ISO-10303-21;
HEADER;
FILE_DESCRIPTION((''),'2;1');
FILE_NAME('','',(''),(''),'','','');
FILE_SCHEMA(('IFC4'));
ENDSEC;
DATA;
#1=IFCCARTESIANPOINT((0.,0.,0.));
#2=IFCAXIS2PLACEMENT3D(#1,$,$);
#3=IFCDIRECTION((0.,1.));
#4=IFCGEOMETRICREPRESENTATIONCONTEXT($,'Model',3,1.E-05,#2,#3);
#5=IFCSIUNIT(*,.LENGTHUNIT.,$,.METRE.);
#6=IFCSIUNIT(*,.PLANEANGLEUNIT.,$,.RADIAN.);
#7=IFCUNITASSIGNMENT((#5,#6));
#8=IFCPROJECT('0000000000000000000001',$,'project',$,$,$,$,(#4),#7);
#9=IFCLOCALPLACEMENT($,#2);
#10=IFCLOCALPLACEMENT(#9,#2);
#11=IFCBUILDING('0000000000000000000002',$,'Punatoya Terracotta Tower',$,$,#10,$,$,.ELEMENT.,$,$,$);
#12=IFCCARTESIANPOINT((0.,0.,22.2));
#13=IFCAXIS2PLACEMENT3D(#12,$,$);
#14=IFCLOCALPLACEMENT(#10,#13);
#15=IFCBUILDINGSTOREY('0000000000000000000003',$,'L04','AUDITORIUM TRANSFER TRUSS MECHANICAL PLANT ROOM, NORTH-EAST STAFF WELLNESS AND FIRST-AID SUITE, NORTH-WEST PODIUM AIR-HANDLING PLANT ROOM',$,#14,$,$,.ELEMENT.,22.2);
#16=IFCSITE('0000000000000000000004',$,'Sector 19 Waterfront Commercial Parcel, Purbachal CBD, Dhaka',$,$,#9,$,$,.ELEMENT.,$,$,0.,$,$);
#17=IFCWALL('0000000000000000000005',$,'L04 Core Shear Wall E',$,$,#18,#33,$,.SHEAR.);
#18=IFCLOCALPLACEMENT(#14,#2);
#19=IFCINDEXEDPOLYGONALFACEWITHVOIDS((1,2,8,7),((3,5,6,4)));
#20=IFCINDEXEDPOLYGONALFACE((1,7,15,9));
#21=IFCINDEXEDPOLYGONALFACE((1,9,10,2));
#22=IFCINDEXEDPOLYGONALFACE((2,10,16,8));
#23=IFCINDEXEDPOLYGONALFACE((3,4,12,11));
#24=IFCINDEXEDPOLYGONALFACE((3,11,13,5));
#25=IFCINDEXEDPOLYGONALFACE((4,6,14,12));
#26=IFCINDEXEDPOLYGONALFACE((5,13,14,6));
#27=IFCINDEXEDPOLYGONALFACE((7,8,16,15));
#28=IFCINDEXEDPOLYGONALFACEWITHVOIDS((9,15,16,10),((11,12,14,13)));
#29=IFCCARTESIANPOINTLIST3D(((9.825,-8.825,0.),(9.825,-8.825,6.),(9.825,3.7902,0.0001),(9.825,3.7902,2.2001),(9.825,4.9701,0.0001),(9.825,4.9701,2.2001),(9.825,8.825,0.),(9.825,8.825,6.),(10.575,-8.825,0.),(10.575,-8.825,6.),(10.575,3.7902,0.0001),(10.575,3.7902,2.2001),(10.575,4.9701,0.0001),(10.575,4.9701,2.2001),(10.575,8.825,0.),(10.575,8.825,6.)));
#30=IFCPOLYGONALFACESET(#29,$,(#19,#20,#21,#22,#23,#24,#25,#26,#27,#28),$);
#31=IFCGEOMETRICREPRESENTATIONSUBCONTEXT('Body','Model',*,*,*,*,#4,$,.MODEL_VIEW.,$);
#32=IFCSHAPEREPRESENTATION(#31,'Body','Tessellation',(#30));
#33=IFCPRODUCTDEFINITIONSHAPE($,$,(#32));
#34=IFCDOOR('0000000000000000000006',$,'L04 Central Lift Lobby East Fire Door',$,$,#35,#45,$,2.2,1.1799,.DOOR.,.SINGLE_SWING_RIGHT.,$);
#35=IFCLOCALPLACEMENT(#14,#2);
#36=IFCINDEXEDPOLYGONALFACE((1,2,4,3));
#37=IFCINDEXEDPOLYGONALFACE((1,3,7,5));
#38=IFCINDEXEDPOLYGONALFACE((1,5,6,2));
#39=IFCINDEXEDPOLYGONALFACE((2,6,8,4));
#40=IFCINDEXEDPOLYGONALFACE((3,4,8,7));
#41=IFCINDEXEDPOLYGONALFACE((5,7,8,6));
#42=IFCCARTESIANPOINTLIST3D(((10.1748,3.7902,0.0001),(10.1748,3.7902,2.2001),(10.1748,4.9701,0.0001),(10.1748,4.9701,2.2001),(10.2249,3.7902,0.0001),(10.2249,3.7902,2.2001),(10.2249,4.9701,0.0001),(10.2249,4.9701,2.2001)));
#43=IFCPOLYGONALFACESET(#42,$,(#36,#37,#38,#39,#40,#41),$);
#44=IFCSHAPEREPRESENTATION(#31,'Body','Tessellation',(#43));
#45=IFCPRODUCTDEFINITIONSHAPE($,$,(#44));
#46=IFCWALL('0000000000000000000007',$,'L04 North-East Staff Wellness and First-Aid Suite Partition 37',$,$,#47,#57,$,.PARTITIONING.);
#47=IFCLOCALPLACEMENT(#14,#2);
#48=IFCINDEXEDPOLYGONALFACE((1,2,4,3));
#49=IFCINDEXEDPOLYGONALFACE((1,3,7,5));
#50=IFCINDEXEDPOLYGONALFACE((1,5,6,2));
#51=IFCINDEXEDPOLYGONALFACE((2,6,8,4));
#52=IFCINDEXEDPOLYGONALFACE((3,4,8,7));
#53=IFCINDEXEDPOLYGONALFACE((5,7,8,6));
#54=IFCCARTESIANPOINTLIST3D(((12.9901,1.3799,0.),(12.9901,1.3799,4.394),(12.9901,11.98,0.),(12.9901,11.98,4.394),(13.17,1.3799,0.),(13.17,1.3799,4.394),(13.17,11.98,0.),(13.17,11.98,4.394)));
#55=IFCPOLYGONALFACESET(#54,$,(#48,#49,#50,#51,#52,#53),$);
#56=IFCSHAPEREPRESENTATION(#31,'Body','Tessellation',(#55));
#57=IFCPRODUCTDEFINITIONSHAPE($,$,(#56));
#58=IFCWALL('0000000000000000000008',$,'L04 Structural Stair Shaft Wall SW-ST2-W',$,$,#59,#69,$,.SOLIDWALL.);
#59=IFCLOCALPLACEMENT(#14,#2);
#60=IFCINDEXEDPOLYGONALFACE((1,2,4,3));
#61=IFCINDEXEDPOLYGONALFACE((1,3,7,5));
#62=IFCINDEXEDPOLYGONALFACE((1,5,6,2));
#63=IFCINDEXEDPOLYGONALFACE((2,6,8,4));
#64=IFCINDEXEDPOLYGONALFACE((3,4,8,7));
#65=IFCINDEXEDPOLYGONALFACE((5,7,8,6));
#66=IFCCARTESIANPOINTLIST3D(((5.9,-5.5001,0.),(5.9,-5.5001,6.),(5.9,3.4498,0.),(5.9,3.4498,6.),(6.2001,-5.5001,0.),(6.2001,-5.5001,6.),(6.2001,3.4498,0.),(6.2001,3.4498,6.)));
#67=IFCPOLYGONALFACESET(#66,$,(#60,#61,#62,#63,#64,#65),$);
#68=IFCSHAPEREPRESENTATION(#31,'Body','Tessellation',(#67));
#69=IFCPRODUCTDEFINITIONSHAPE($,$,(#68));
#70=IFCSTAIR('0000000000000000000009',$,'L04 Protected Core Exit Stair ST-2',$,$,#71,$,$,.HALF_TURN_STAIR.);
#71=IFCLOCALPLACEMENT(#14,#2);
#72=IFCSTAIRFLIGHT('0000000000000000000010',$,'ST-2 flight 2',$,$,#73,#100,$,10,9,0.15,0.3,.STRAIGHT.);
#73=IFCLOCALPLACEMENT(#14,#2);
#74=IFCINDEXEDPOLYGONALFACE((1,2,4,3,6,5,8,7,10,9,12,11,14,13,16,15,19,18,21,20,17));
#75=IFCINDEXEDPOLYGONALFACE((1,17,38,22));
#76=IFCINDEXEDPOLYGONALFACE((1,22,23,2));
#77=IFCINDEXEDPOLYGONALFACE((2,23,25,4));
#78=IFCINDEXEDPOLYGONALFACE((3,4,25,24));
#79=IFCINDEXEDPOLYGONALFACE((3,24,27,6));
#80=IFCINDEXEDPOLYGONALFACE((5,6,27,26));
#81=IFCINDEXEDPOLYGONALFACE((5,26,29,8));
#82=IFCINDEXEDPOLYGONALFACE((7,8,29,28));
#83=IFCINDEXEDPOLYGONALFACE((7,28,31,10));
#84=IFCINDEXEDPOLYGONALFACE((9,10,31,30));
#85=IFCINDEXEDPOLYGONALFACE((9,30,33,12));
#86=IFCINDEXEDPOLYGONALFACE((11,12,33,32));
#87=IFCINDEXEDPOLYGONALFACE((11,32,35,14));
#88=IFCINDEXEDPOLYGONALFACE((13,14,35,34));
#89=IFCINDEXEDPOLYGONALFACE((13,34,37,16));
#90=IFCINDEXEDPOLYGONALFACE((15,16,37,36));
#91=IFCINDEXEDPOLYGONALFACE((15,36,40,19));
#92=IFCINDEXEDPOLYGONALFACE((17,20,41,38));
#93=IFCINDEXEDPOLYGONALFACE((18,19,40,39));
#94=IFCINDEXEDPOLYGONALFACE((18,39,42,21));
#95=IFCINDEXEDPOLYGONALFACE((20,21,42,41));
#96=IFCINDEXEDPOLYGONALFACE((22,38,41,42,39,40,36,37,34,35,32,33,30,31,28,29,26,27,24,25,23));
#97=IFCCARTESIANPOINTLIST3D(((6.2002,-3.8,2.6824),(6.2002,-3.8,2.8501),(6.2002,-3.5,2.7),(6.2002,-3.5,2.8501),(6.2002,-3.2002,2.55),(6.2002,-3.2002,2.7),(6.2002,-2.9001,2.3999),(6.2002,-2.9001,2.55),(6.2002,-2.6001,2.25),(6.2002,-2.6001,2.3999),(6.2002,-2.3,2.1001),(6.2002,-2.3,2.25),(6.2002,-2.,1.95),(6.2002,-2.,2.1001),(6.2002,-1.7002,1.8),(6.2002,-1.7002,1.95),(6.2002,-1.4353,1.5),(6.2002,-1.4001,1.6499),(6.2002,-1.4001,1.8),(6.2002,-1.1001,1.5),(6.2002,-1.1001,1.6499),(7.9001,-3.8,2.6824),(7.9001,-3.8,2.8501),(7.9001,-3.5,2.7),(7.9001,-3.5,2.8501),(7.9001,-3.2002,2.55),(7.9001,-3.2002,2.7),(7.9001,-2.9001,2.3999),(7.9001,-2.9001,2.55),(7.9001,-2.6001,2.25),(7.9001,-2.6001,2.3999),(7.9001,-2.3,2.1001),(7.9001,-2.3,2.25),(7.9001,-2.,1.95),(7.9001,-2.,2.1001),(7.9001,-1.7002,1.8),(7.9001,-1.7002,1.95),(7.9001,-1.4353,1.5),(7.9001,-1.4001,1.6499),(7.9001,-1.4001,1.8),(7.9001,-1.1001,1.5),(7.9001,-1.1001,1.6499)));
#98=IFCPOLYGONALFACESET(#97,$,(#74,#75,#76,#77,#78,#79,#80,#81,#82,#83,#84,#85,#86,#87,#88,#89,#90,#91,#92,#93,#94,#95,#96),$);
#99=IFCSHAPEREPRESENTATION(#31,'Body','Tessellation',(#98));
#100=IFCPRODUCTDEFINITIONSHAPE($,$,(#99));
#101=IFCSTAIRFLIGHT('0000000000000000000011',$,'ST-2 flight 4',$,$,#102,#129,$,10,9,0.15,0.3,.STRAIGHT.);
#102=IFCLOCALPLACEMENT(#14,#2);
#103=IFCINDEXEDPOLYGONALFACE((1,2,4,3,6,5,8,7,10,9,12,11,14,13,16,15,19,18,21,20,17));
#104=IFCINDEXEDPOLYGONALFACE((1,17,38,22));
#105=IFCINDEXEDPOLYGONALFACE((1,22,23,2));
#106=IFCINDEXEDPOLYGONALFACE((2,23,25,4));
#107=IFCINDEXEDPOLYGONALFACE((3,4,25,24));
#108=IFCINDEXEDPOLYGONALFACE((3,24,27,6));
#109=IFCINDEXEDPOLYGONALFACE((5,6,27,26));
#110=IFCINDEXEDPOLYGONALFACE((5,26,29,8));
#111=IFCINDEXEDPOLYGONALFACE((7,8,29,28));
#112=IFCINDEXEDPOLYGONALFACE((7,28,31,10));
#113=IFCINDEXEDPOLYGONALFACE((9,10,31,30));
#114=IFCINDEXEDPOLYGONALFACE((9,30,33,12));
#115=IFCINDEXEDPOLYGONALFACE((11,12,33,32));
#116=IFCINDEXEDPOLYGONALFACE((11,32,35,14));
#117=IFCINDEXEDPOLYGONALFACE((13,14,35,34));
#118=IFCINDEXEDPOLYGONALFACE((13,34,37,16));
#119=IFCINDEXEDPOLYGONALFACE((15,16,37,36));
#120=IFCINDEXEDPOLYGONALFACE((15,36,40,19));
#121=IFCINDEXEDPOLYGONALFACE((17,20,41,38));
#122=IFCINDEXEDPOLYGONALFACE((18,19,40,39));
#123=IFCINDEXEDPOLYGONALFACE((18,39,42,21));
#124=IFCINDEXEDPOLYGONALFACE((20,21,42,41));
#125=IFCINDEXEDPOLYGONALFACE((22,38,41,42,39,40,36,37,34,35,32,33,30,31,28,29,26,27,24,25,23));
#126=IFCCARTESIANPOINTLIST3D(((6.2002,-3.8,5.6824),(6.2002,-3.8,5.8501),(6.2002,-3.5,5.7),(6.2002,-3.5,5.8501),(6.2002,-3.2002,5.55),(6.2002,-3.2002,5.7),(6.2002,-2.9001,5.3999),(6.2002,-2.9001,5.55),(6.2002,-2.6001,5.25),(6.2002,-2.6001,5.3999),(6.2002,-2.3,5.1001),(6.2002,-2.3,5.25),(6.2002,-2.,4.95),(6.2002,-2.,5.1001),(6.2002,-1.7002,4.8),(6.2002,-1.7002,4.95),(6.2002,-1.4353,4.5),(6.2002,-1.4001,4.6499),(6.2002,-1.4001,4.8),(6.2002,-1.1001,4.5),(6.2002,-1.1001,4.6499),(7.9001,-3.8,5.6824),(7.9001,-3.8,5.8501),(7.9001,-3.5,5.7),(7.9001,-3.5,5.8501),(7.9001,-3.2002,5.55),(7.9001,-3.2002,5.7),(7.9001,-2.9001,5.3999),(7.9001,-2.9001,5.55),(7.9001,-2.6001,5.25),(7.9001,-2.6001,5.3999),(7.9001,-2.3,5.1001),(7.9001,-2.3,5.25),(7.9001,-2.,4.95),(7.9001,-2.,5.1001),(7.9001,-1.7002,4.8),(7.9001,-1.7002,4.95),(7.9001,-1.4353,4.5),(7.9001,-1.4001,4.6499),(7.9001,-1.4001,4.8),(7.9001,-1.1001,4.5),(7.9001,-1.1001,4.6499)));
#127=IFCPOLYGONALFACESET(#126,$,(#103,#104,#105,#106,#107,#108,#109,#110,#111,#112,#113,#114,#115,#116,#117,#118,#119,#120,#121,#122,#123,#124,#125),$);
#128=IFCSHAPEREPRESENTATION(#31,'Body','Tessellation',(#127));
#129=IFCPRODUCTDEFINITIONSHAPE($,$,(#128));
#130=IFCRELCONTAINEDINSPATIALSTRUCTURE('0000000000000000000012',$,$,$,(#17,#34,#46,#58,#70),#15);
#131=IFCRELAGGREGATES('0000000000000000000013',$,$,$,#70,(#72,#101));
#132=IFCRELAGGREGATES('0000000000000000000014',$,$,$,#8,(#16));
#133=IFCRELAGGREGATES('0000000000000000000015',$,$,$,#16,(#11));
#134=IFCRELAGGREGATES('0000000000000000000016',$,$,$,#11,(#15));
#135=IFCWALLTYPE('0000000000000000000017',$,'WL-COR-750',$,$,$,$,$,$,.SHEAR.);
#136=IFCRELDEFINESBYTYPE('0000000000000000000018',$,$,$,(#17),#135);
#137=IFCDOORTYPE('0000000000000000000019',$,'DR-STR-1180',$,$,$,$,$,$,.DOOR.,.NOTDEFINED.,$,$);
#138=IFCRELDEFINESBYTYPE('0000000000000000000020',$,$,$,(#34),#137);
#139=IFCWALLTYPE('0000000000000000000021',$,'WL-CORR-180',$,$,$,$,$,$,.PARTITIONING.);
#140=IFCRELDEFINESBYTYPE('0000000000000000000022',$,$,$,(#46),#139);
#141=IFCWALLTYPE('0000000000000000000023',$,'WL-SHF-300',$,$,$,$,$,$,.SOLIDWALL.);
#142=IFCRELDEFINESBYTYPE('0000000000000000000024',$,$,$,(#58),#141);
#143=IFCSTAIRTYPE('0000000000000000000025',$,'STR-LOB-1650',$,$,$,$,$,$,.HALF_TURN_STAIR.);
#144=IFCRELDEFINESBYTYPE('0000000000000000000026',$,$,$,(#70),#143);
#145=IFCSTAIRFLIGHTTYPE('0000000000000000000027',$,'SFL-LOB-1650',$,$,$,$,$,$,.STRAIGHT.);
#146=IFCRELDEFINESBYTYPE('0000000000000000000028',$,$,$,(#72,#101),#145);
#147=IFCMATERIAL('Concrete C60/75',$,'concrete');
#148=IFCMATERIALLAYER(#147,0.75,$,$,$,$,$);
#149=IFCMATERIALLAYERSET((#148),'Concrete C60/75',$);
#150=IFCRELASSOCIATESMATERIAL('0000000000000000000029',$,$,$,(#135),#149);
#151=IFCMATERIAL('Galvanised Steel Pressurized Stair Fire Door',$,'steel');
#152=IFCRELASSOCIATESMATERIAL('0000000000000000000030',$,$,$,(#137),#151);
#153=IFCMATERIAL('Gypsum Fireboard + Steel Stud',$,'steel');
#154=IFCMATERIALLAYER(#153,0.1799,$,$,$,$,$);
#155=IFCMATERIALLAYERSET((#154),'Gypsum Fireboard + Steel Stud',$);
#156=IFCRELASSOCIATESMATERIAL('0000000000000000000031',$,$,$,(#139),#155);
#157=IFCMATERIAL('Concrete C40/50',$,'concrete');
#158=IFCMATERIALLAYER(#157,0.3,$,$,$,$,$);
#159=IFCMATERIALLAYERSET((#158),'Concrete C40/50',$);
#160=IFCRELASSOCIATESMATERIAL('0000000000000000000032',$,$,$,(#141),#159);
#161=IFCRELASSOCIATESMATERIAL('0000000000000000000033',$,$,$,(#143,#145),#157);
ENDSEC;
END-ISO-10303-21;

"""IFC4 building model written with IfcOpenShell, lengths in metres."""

from ifc_helpers import new_model, si_unit, direction, frame, frame_2d, origin, place, context, subcontext, project, spatial, polyline, rectangle, outline, extrude, material, layer, layer_set, type_object, element, fill, aggregate, save


model = new_model("IFC4")

# Units and contexts
model_context = context("Model", 3, precision=1e-05, world=origin(), true_north=direction((0.0, 1.0)))
body_context = subcontext(model_context, "Body", "Model", "MODEL_VIEW")
ifc_project = project(units=[si_unit("LENGTHUNIT", "METRE"), si_unit("PLANEANGLEUNIT", "RADIAN")], contexts=[model_context])

# Site, building, storey
site_placement = place(None, origin())
site = spatial("IfcSite", under=ifc_project, at=site_placement, Name="Sector 19 Waterfront Commercial Parcel, Purbachal CBD, Dhaka", CompositionType="ELEMENT", RefElevation=0.0)
building_placement = place(site_placement, origin())
building = spatial("IfcBuilding", under=site, at=building_placement, Name="Punatoya Terracotta Tower", CompositionType="ELEMENT")
storey_placement = place(building_placement, frame((0.0, 0.0, 22.2)))
storey = spatial("IfcBuildingStorey", under=building, at=storey_placement, Name="L04", Description="AUDITORIUM TRANSFER TRUSS MECHANICAL PLANT ROOM, NORTH-EAST STAFF WELLNESS AND FIRST-AID SUITE, NORTH-WEST PODIUM AIR-HANDLING PLANT ROOM", CompositionType="ELEMENT", Elevation=22.2)

# Wall, opening, door
ifc_material_1 = material(Name="Concrete C60/75", Category="concrete")
ifc_layer_1 = layer(ifc_material_1, 0.75)
ifc_layer_set_1 = layer_set([ifc_layer_1], Name="Concrete C60/75")
wall_type_1 = type_object("IfcWallType", Name="WL-COR-750", PredefinedType="SHEAR", material=ifc_layer_set_1)
wall_1_placement = place(storey_placement, frame((10.2, 8.825, 0.0), z_axis=(0.0, 0.0, 1.0), x_axis=(0.0, -1.0, 0.0)))
wall_1 = element("IfcWall", 1, at=wall_1_placement, inside=storey, type_object=wall_type_1, Name="L04 Core Shear Wall E", PredefinedType="SHEAR", context=body_context, shape_type="SweptSolid", body=[
    extrude(rectangle(XDim=17.6499, YDim=0.75, at=frame_2d((8.825, 0.0))), origin(), (0.0, 0.0, 1.0), 6.0),
])
opening_placement = place(wall_1_placement, frame((3.855, 0.0, 0.0)))
opening = element("IfcOpeningElement", 2, at=opening_placement, cuts=wall_1, PredefinedType="OPENING", context=body_context, shape_type="SweptSolid", body=[
    extrude(rectangle(XDim=1.1799, YDim=2.2, at=frame_2d((0.5898, 1.1001))), frame((0.0, 0.385, 0.0), z_axis=(0.0, -1.0, 0.0), x_axis=(1.0, 0.0, 0.0)), (0.0, 0.0, 1.0), 0.77),
])
ifc_material_2 = material(Name="Galvanised Steel Pressurized Stair Fire Door", Category="steel")
door_type = type_object("IfcDoorType", Name="DR-STR-1180", OperationType="NOTDEFINED", PredefinedType="DOOR", material=ifc_material_2)
door_placement = place(opening_placement, origin())
door = element("IfcDoor", 3, at=door_placement, inside=storey, type_object=door_type, Name="L04 Central Lift Lobby East Fire Door", OperationType="SINGLE_SWING_RIGHT", OverallHeight=2.2, OverallWidth=1.1799, PredefinedType="DOOR", context=body_context, shape_type="SweptSolid", body=[
    extrude(rectangle(XDim=1.1799, YDim=2.2, at=frame_2d((0.5898, 1.1001))), frame((0.0, 0.0249, 0.0), z_axis=(0.0, -1.0, 0.0), x_axis=(1.0, 0.0, 0.0)), (0.0, 0.0, 1.0), 0.05),
])
fill(opening, door)

# Walls
ifc_material_3 = material(Name="Gypsum Fireboard + Steel Stud", Category="steel")
ifc_layer_2 = layer(ifc_material_3, 0.1799)
ifc_layer_set_2 = layer_set([ifc_layer_2], Name="Gypsum Fireboard + Steel Stud")
wall_type_2 = type_object("IfcWallType", Name="WL-CORR-180", PredefinedType="PARTITIONING", material=ifc_layer_set_2)
wall_2_placement = place(storey_placement, frame((13.0801, 1.3799, 0.0), z_axis=(0.0, 0.0, 1.0), x_axis=(0.0, 1.0, 0.0)))
element("IfcWall", 4, at=wall_2_placement, inside=storey, type_object=wall_type_2, Name="L04 North-East Staff Wellness and First-Aid Suite Partition 37", PredefinedType="PARTITIONING", context=body_context, shape_type="SweptSolid", body=[
    extrude(rectangle(XDim=10.6001, YDim=0.1799, at=frame_2d((5.3, 0.0))), origin(), (0.0, 0.0, 1.0), 4.394),
])
ifc_material_4 = material(Name="Concrete C40/50", Category="concrete")
ifc_layer_3 = layer(ifc_material_4, 0.3)
ifc_layer_set_3 = layer_set([ifc_layer_3], Name="Concrete C40/50")
wall_type_3 = type_object("IfcWallType", Name="WL-SHF-300", PredefinedType="SOLIDWALL", material=ifc_layer_set_3)
wall_3_placement = place(storey_placement, frame((6.05, 3.45, 0.0), z_axis=(0.0, 0.0, 1.0), x_axis=(0.0, -1.0, 0.0)))
element("IfcWall", 5, at=wall_3_placement, inside=storey, type_object=wall_type_3, Name="L04 Structural Stair Shaft Wall SW-ST2-W", PredefinedType="SOLIDWALL", context=body_context, shape_type="SweptSolid", body=[
    extrude(rectangle(XDim=8.95, YDim=0.3, at=frame_2d((4.4751, 0.0))), origin(), (0.0, 0.0, 1.0), 6.0),
])

# Stair, stair flights
stair_type = type_object("IfcStairType", Name="STR-LOB-1650", PredefinedType="HALF_TURN_STAIR", material=ifc_material_4)
stair_placement = place(storey_placement, origin())
stair = element("IfcStair", 6, at=stair_placement, inside=storey, type_object=stair_type, Name="L04 Protected Core Exit Stair ST-2", PredefinedType="HALF_TURN_STAIR")
stair_flight_type = type_object("IfcStairFlightType", Name="SFL-LOB-1650", PredefinedType="STRAIGHT", material=ifc_material_4)
stair_flight_1_placement = place(storey_placement, frame((7.05, -1.1001, 1.5), z_axis=(0.0, 0.0, 1.0), x_axis=(0.0, -1.0, 0.0)))
stair_flight_1 = element("IfcStairFlight", 7, at=stair_flight_1_placement, type_object=stair_flight_type, Name="ST-2 flight 2", NumberOfRisers=10, NumberOfTreads=9, PredefinedType="STRAIGHT", RiserHeight=0.15, TreadLength=0.3, context=body_context, shape_type="SweptSolid", body=[
    extrude(outline(polyline([(0.0, 0.0), (0.0, 0.1499), (0.3, 0.1499), (0.3, 0.3), (0.6001, 0.3), (0.6001, 0.45), (0.8999, 0.45), (0.8999, 0.6001), (1.2, 0.6001), (1.2, 0.75), (1.5, 0.75), (1.5, 0.8999), (1.8, 0.8999), (1.8, 1.05), (2.1001, 1.05), (2.1001, 1.2), (2.3999, 1.2), (2.3999, 1.3501), (2.7, 1.3501), (2.7, 1.5), (2.7, 1.1824), (0.3352, 0.0), (0.0, 0.0)])), frame((0.0, 0.8501, 0.0), z_axis=(0.0, -1.0, 0.0), x_axis=(1.0, 0.0, 0.0)), (0.0, 0.0, 1.0), 1.7),
])
stair_flight_2_placement = place(storey_placement, frame((7.05, -1.1001, 4.5), z_axis=(0.0, 0.0, 1.0), x_axis=(0.0, -1.0, 0.0)))
stair_flight_2 = element("IfcStairFlight", 8, at=stair_flight_2_placement, type_object=stair_flight_type, Name="ST-2 flight 4", NumberOfRisers=10, NumberOfTreads=9, PredefinedType="STRAIGHT", RiserHeight=0.15, TreadLength=0.3, context=body_context, shape_type="SweptSolid", body=[
    extrude(outline(polyline([(0.0, 0.0), (0.0, 0.1499), (0.3, 0.1499), (0.3, 0.3), (0.6001, 0.3), (0.6001, 0.45), (0.8999, 0.45), (0.8999, 0.6001), (1.2, 0.6001), (1.2, 0.75), (1.5, 0.75), (1.5, 0.8999), (1.8, 0.8999), (1.8, 1.05), (2.1001, 1.05), (2.1001, 1.2), (2.3999, 1.2), (2.3999, 1.3501), (2.7, 1.3501), (2.7, 1.5), (2.7, 1.1824), (0.3352, 0.0), (0.0, 0.0)])), frame((0.0, 0.8501, 0.0), z_axis=(0.0, -1.0, 0.0), x_axis=(1.0, 0.0, 0.0)), (0.0, 0.0, 1.0), 1.7),
])
aggregate(stair, [stair_flight_1, stair_flight_2])

save(model, "model.ifc")
